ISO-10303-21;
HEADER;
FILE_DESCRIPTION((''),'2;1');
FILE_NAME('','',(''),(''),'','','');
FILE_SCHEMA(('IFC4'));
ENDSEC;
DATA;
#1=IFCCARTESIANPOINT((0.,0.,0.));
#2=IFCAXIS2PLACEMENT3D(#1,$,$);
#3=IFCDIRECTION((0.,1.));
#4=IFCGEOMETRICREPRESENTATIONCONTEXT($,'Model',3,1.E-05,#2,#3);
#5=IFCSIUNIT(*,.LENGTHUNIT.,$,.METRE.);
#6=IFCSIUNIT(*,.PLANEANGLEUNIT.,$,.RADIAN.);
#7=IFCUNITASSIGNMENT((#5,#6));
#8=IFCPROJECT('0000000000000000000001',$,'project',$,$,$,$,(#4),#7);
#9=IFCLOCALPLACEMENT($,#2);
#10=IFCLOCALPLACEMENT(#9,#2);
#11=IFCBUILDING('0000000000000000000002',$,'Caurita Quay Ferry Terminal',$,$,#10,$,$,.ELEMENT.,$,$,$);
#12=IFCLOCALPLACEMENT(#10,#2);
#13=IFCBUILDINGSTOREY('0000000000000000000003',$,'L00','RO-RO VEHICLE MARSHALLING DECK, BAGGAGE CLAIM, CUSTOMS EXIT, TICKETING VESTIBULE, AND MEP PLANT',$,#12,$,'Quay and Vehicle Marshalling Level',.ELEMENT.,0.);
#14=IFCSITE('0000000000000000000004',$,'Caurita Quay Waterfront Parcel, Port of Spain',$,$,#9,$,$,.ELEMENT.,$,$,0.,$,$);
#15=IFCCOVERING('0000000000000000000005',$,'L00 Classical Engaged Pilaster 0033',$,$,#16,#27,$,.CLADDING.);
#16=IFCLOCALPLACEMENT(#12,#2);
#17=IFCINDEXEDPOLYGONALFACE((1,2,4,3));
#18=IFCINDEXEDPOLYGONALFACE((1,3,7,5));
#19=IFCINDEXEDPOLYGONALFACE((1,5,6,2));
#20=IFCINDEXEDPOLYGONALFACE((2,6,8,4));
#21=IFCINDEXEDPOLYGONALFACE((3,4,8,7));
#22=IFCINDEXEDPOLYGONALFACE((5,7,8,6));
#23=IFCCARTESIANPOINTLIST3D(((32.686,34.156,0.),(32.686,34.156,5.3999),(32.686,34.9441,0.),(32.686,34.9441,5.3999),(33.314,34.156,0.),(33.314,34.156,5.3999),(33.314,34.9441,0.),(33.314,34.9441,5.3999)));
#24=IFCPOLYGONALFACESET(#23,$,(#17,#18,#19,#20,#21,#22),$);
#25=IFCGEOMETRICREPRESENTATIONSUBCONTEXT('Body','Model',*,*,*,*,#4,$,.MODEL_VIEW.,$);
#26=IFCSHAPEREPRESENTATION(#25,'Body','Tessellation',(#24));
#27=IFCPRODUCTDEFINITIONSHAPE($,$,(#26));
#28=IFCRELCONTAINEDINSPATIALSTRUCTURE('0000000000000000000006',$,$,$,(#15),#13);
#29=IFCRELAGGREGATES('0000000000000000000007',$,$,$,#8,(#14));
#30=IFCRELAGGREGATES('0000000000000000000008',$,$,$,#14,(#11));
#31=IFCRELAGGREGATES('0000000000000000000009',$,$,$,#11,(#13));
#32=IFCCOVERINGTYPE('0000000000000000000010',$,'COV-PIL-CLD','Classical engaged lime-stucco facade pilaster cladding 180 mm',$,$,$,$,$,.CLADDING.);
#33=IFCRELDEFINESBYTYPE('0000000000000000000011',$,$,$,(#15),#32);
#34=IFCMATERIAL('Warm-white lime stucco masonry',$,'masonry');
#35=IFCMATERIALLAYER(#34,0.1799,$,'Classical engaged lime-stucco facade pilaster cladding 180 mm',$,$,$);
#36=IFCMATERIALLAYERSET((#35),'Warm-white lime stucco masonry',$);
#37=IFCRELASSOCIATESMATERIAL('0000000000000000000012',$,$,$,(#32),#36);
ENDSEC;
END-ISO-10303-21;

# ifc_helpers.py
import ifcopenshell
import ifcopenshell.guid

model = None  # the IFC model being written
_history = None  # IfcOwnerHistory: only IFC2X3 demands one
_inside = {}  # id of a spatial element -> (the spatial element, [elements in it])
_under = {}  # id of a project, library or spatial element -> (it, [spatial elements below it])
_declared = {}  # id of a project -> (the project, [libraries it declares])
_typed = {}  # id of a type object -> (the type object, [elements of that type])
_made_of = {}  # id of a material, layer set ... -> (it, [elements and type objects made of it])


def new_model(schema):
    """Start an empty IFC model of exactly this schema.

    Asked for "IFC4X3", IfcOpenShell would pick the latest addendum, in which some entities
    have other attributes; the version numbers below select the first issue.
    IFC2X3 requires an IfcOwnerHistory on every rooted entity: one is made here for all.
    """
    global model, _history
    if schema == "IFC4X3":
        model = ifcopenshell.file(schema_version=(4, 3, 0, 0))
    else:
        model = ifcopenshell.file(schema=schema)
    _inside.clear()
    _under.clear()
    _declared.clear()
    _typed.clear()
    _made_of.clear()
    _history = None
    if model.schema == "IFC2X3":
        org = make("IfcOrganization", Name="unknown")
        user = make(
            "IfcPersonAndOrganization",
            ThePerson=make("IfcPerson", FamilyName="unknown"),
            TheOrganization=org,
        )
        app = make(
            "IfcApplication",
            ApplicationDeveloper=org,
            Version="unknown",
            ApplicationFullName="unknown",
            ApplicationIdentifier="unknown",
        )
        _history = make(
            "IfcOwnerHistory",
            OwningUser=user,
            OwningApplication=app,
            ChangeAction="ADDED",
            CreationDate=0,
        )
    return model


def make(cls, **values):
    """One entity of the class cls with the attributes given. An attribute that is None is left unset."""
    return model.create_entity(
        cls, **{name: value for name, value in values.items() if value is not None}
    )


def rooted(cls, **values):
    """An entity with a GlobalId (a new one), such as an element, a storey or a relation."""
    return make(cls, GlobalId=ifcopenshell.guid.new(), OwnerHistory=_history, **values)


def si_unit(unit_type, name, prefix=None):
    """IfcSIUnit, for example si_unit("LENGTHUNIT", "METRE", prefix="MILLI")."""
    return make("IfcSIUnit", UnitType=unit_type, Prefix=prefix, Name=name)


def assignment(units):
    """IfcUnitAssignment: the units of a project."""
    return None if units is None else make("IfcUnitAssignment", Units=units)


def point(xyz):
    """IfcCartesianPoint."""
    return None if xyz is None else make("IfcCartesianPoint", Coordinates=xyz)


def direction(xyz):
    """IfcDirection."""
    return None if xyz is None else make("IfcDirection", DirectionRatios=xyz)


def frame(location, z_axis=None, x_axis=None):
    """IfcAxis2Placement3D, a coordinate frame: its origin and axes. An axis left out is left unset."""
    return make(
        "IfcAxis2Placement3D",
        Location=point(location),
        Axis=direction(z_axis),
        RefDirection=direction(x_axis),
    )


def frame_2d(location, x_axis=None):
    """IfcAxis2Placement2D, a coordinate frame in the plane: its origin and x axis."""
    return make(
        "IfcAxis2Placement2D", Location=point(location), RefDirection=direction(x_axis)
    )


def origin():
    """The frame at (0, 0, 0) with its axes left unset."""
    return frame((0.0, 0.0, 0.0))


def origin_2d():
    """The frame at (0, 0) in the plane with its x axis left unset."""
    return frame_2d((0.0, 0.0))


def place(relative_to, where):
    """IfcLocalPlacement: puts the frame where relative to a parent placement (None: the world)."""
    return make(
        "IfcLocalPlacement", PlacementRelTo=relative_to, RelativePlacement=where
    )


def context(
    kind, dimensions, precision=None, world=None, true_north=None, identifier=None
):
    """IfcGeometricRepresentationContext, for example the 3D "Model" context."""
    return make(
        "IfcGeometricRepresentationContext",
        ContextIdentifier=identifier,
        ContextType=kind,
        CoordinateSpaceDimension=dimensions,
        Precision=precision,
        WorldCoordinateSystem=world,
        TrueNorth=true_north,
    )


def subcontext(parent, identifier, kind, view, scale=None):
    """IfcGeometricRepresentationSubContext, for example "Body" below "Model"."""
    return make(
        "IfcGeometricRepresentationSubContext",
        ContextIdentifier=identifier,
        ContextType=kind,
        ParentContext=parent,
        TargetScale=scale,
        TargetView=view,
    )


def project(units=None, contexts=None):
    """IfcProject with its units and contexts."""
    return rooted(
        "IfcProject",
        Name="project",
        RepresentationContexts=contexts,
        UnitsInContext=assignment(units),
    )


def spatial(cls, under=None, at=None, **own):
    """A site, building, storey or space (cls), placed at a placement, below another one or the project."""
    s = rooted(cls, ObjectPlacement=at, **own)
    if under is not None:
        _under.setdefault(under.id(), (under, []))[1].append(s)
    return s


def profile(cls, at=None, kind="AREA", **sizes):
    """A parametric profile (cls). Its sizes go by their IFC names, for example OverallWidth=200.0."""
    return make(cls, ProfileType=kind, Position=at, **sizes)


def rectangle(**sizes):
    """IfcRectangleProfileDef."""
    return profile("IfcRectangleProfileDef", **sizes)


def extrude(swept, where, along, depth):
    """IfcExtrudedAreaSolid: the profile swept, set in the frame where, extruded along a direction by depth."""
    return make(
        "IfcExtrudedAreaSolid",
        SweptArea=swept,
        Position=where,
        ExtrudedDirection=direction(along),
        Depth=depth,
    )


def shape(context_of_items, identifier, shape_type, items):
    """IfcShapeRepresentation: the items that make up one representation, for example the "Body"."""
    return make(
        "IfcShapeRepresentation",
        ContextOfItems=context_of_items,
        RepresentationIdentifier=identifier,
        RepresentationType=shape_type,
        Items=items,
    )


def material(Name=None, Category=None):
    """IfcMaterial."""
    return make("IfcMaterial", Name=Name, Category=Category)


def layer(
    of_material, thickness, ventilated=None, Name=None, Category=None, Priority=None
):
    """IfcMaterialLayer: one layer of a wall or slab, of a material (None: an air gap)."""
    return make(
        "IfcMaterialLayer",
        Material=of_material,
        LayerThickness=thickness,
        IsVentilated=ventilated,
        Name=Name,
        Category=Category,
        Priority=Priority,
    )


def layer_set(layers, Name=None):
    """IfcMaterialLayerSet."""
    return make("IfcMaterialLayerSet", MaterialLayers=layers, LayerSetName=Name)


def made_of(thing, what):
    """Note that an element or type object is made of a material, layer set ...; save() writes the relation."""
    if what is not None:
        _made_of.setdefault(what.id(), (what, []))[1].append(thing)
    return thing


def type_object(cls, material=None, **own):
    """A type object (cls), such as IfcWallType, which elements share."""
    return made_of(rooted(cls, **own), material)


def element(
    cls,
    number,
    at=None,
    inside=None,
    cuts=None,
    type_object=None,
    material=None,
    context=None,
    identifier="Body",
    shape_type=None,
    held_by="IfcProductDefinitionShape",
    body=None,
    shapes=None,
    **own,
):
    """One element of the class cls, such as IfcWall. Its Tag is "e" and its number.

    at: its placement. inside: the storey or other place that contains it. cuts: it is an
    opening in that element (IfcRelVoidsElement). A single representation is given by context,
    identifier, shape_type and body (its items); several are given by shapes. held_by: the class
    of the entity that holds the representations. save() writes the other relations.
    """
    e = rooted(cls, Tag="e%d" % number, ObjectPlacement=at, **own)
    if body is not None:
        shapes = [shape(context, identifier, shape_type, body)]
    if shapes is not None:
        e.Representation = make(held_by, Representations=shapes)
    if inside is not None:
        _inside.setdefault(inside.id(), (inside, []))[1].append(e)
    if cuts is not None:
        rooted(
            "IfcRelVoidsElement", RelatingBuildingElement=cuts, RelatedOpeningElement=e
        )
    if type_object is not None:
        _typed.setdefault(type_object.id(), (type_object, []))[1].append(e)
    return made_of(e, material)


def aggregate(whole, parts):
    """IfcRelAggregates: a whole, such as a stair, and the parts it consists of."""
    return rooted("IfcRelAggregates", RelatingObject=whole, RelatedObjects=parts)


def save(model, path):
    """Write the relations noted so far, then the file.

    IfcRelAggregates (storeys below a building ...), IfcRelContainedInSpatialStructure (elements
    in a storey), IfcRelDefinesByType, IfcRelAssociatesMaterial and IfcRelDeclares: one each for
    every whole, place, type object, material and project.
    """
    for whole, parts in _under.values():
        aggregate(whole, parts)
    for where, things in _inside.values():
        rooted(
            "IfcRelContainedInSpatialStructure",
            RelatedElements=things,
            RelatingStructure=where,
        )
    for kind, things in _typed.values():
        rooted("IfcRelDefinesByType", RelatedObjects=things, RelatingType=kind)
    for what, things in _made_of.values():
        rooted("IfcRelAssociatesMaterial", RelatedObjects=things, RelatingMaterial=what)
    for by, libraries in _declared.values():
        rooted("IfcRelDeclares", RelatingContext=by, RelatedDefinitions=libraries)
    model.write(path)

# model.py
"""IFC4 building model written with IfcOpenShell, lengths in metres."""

from ifc_helpers import new_model, si_unit, direction, frame, origin, origin_2d, place, context, subcontext, project, spatial, rectangle, extrude, material, layer, layer_set, type_object, element, save


model = new_model("IFC4")

# Units and contexts
model_context = context("Model", 3, precision=1e-05, world=origin(), true_north=direction((0.0, 1.0)))
body_context = subcontext(model_context, "Body", "Model", "MODEL_VIEW")
ifc_project = project(units=[si_unit("LENGTHUNIT", "METRE"), si_unit("PLANEANGLEUNIT", "RADIAN")], contexts=[model_context])

# Site, building, storey
site_placement = place(None, origin())
site = spatial("IfcSite", under=ifc_project, at=site_placement, Name="Caurita Quay Waterfront Parcel, Port of Spain", CompositionType="ELEMENT", RefElevation=0.0)
building_placement = place(site_placement, origin())
building = spatial("IfcBuilding", under=site, at=building_placement, Name="Caurita Quay Ferry Terminal", CompositionType="ELEMENT")
storey_placement = place(building_placement, origin())
storey = spatial("IfcBuildingStorey", under=building, at=storey_placement, Name="L00", Description="RO-RO VEHICLE MARSHALLING DECK, BAGGAGE CLAIM, CUSTOMS EXIT, TICKETING VESTIBULE, AND MEP PLANT", LongName="Quay and Vehicle Marshalling Level", CompositionType="ELEMENT", Elevation=0.0)

# Shared definitions
ifc_material_1 = material(Name="Warm-white lime stucco masonry", Category="masonry")

# Covering
ifc_layer_1 = layer(ifc_material_1, 0.1799, Name="Classical engaged lime-stucco facade pilaster cladding 180 mm")
ifc_layer_set_1 = layer_set([ifc_layer_1], Name="Warm-white lime stucco masonry")
covering_type_1 = type_object("IfcCoveringType", Name="COV-PIL-CLD", Description="Classical engaged lime-stucco facade pilaster cladding 180 mm", PredefinedType="CLADDING", material=ifc_layer_set_1)
covering_1_placement = place(storey_placement, frame((33.0, 34.55, 0.0), z_axis=(0.0, 0.0, 1.0), x_axis=(1.0, 0.0, 0.0)))
element("IfcCovering", 1, at=covering_1_placement, inside=storey, type_object=covering_type_1, Name="L00 Classical Engaged Pilaster 0033", PredefinedType="CLADDING", context=body_context, shape_type="SweptSolid", body=[
    extrude(rectangle(XDim=0.6279, YDim=0.7881, at=origin_2d()), origin(), (0.0, 0.0, 1.0), 5.3999),
])

save(model, "model.ifc")
